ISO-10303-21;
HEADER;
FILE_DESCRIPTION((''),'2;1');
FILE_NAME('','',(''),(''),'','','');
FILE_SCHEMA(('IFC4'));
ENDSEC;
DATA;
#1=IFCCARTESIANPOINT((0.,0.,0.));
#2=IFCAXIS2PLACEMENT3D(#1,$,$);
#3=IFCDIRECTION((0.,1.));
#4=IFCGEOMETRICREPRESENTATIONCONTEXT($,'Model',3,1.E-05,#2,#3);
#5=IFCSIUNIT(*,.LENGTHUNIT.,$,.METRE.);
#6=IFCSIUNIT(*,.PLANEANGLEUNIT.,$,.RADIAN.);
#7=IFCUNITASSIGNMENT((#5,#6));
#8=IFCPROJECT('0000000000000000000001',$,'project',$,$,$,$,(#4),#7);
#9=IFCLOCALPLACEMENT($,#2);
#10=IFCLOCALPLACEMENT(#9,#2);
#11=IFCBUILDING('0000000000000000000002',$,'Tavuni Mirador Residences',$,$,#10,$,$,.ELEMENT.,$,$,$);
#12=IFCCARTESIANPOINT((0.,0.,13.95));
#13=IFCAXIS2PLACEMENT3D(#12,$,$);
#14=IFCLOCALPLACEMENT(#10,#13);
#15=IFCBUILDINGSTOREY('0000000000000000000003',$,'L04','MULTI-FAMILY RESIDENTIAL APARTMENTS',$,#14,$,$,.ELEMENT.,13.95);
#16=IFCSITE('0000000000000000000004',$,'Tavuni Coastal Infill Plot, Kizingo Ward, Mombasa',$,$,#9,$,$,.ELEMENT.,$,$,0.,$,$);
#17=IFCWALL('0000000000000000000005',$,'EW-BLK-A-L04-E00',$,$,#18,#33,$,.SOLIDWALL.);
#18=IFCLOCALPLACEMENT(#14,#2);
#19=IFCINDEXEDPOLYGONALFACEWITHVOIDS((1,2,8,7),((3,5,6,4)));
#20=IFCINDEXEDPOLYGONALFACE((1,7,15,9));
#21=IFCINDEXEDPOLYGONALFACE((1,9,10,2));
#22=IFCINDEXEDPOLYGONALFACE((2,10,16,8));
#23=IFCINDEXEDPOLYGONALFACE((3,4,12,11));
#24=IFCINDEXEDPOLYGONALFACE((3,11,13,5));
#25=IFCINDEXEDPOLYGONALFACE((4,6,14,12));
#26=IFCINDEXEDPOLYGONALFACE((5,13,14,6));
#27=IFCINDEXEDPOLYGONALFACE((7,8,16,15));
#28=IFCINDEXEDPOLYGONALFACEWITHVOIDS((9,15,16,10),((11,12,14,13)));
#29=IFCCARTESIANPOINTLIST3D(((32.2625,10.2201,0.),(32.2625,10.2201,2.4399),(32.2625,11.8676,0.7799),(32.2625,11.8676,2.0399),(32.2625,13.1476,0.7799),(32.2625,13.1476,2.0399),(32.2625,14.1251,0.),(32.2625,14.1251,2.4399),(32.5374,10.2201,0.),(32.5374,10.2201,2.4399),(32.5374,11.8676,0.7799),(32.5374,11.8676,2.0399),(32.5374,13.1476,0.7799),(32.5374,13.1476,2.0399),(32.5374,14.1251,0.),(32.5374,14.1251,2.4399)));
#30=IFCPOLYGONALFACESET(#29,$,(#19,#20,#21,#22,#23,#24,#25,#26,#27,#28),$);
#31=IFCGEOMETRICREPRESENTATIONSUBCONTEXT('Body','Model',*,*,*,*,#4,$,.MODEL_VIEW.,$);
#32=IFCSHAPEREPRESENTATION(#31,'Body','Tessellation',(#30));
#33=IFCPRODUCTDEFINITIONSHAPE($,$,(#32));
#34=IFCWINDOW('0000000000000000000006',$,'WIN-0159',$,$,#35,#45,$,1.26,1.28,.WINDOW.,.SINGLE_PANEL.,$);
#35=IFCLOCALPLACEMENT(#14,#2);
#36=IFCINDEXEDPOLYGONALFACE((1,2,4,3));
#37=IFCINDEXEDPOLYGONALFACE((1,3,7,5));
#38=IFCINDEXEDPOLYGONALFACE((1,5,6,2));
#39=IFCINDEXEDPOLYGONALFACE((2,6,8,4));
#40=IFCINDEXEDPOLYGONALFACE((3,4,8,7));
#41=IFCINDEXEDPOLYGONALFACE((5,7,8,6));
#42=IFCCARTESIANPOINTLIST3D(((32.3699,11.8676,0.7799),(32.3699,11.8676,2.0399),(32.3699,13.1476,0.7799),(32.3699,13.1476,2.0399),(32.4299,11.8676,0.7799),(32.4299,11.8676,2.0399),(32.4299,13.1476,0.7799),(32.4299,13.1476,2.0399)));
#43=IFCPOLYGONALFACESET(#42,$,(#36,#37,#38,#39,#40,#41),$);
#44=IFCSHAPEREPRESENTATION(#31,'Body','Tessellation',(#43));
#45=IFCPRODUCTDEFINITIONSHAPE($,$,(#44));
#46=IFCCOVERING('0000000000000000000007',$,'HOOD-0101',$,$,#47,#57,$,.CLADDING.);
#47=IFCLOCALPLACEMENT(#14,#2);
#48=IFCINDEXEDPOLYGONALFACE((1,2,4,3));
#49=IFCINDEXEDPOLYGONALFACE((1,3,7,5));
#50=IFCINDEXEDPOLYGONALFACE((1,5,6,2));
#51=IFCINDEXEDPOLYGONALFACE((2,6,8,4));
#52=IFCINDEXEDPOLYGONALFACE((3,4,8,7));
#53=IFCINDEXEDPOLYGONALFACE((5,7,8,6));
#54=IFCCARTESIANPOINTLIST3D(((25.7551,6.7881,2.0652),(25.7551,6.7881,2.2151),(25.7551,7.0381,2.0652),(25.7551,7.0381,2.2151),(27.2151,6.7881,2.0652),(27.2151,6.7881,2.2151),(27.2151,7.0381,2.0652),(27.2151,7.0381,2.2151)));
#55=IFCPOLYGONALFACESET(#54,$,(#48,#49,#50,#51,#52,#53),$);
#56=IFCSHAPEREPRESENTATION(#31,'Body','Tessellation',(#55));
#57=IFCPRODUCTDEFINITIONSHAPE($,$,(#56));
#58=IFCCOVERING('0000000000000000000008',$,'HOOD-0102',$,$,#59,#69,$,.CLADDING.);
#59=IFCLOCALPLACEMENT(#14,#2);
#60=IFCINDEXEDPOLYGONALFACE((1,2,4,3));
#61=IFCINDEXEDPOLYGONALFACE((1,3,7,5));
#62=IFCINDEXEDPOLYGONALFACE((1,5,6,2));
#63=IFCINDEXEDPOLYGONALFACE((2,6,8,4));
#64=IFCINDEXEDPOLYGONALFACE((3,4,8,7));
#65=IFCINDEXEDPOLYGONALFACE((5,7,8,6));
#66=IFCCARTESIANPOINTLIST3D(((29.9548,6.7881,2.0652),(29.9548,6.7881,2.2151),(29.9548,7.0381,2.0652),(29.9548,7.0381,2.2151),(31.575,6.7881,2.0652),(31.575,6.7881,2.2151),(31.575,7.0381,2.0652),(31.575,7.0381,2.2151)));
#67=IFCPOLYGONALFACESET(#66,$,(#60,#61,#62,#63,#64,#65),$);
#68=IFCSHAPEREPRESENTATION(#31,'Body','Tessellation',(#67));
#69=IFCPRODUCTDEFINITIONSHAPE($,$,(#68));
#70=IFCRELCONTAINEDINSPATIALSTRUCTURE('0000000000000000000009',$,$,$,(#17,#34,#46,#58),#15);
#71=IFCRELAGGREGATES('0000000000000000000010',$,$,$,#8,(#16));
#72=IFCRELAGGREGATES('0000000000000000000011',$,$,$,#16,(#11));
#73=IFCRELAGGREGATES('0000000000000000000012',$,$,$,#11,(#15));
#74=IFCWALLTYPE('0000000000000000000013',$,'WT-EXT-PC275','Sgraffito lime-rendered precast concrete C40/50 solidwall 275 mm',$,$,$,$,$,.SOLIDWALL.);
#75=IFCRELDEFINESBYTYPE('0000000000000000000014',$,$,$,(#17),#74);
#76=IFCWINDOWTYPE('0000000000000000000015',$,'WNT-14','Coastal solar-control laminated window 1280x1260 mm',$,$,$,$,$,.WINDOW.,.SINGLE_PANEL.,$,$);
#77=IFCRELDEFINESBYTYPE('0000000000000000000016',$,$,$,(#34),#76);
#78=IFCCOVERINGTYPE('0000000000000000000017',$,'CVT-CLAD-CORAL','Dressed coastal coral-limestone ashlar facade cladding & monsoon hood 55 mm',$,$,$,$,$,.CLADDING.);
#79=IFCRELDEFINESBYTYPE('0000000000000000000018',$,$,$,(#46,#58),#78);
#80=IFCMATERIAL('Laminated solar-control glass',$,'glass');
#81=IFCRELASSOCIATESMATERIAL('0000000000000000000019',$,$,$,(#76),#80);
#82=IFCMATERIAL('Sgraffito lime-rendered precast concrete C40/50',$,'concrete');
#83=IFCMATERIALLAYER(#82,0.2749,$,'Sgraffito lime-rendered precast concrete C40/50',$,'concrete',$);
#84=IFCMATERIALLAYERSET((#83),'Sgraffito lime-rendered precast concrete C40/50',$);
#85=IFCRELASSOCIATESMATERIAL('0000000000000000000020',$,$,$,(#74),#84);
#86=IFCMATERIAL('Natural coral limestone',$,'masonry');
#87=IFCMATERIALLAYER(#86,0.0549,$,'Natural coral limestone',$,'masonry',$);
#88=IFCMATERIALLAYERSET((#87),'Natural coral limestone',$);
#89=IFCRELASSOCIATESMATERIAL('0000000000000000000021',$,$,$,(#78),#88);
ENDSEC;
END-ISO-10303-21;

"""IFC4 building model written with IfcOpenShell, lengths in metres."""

from ifc_helpers import new_model, si_unit, direction, frame, frame_2d, origin, origin_2d, place, context, subcontext, project, spatial, rectangle, extrude, material, layer, layer_set, type_object, element, fill, save


model = new_model("IFC4")

# Units and contexts
model_context = context("Model", 3, precision=1e-05, world=origin(), true_north=direction((0.0, 1.0)))
body_context = subcontext(model_context, "Body", "Model", "MODEL_VIEW")
ifc_project = project(units=[si_unit("LENGTHUNIT", "METRE"), si_unit("PLANEANGLEUNIT", "RADIAN")], contexts=[model_context])

# Site, building, storey
site_placement = place(None, origin())
site = spatial("IfcSite", under=ifc_project, at=site_placement, Name="Tavuni Coastal Infill Plot, Kizingo Ward, Mombasa", CompositionType="ELEMENT", RefElevation=0.0)
building_placement = place(site_placement, origin())
building = spatial("IfcBuilding", under=site, at=building_placement, Name="Tavuni Mirador Residences", CompositionType="ELEMENT")
storey_placement = place(building_placement, frame((0.0, 0.0, 13.95)))
storey = spatial("IfcBuildingStorey", under=building, at=storey_placement, Name="L04", Description="MULTI-FAMILY RESIDENTIAL APARTMENTS", CompositionType="ELEMENT", Elevation=13.95)

# Shared definitions
ifc_material_1 = material(Name="Laminated solar-control glass", Category="glass")
window_type_1 = type_object("IfcWindowType", Name="WNT-14", Description="Coastal solar-control laminated window 1280x1260 mm", PartitioningType="SINGLE_PANEL", PredefinedType="WINDOW", material=ifc_material_1)

# Wall, opening, window
ifc_material_2 = material(Name="Sgraffito lime-rendered precast concrete C40/50", Category="concrete")
ifc_layer_1 = layer(ifc_material_2, 0.2749, Name="Sgraffito lime-rendered precast concrete C40/50", Category="concrete")
ifc_layer_set_1 = layer_set([ifc_layer_1], Name="Sgraffito lime-rendered precast concrete C40/50")
wall_type_1 = type_object("IfcWallType", Name="WT-EXT-PC275", Description="Sgraffito lime-rendered precast concrete C40/50 solidwall 275 mm", PredefinedType="SOLIDWALL", material=ifc_layer_set_1)
wall_1_placement = place(storey_placement, frame((32.3999, 10.22, 0.0), z_axis=(0.0, 0.0, 1.0), x_axis=(0.0, 1.0, 0.0)))
wall_1 = element("IfcWall", 1, at=wall_1_placement, inside=storey, type_object=wall_type_1, Name="EW-BLK-A-L04-E00", PredefinedType="SOLIDWALL", context=body_context, shape_type="SweptSolid", body=[
    extrude(rectangle(XDim=3.905, YDim=0.2749, at=frame_2d((1.9526, 0.0))), origin(), (0.0, 0.0, 1.0), 2.4399),
])
opening_1_placement = place(wall_1_placement, frame((1.6475, 0.0, 0.78)))
opening_1 = element("IfcOpeningElement", 2, at=opening_1_placement, cuts=wall_1, PredefinedType="OPENING", context=body_context, shape_type="SweptSolid", body=[
    extrude(rectangle(XDim=1.28, YDim=1.26, at=frame_2d((0.6401, 0.6299))), frame((0.0, 0.1475, 0.0), z_axis=(0.0, -1.0, 0.0), x_axis=(1.0, 0.0, 0.0)), (0.0, 0.0, 1.0), 0.2949),
])
window_1_placement = place(opening_1_placement, origin())
window_1 = element("IfcWindow", 3, at=window_1_placement, inside=storey, type_object=window_type_1, Name="WIN-0159", OverallHeight=1.26, OverallWidth=1.28, PartitioningType="SINGLE_PANEL", PredefinedType="WINDOW", context=body_context, shape_type="SweptSolid", body=[
    extrude(rectangle(XDim=1.28, YDim=1.26, at=frame_2d((0.6401, 0.6299))), frame((0.0, 0.03, 0.0), z_axis=(0.0, -1.0, 0.0), x_axis=(1.0, 0.0, 0.0)), (0.0, 0.0, 1.0), 0.0601),
])
fill(opening_1, window_1)

# Coverings
ifc_material_3 = material(Name="Natural coral limestone", Category="masonry")
ifc_layer_2 = layer(ifc_material_3, 0.0549, Name="Natural coral limestone", Category="masonry")
ifc_layer_set_2 = layer_set([ifc_layer_2], Name="Natural coral limestone")
covering_type = type_object("IfcCoveringType", Name="CVT-CLAD-CORAL", Description="Dressed coastal coral-limestone ashlar facade cladding & monsoon hood 55 mm", PredefinedType="CLADDING", material=ifc_layer_set_2)
covering_1_placement = place(storey_placement, frame((26.4851, 6.9131, 2.0652), z_axis=(0.0, 0.0, 1.0), x_axis=(1.0, 0.0, 0.0)))
element("IfcCovering", 4, at=covering_1_placement, inside=storey, type_object=covering_type, Name="HOOD-0101", PredefinedType="CLADDING", context=body_context, shape_type="SweptSolid", body=[
    extrude(rectangle(XDim=1.46, YDim=0.25, at=origin_2d()), origin(), (0.0, 0.0, 1.0), 0.1499),
])
covering_2_placement = place(storey_placement, frame((30.7649, 6.9131, 2.0652), z_axis=(0.0, 0.0, 1.0), x_axis=(1.0, 0.0, 0.0)))
element("IfcCovering", 5, at=covering_2_placement, inside=storey, type_object=covering_type, Name="HOOD-0102", PredefinedType="CLADDING", context=body_context, shape_type="SweptSolid", body=[
    extrude(rectangle(XDim=1.6201, YDim=0.25, at=origin_2d()), origin(), (0.0, 0.0, 1.0), 0.1499),
])

save(model, "model.ifc")
